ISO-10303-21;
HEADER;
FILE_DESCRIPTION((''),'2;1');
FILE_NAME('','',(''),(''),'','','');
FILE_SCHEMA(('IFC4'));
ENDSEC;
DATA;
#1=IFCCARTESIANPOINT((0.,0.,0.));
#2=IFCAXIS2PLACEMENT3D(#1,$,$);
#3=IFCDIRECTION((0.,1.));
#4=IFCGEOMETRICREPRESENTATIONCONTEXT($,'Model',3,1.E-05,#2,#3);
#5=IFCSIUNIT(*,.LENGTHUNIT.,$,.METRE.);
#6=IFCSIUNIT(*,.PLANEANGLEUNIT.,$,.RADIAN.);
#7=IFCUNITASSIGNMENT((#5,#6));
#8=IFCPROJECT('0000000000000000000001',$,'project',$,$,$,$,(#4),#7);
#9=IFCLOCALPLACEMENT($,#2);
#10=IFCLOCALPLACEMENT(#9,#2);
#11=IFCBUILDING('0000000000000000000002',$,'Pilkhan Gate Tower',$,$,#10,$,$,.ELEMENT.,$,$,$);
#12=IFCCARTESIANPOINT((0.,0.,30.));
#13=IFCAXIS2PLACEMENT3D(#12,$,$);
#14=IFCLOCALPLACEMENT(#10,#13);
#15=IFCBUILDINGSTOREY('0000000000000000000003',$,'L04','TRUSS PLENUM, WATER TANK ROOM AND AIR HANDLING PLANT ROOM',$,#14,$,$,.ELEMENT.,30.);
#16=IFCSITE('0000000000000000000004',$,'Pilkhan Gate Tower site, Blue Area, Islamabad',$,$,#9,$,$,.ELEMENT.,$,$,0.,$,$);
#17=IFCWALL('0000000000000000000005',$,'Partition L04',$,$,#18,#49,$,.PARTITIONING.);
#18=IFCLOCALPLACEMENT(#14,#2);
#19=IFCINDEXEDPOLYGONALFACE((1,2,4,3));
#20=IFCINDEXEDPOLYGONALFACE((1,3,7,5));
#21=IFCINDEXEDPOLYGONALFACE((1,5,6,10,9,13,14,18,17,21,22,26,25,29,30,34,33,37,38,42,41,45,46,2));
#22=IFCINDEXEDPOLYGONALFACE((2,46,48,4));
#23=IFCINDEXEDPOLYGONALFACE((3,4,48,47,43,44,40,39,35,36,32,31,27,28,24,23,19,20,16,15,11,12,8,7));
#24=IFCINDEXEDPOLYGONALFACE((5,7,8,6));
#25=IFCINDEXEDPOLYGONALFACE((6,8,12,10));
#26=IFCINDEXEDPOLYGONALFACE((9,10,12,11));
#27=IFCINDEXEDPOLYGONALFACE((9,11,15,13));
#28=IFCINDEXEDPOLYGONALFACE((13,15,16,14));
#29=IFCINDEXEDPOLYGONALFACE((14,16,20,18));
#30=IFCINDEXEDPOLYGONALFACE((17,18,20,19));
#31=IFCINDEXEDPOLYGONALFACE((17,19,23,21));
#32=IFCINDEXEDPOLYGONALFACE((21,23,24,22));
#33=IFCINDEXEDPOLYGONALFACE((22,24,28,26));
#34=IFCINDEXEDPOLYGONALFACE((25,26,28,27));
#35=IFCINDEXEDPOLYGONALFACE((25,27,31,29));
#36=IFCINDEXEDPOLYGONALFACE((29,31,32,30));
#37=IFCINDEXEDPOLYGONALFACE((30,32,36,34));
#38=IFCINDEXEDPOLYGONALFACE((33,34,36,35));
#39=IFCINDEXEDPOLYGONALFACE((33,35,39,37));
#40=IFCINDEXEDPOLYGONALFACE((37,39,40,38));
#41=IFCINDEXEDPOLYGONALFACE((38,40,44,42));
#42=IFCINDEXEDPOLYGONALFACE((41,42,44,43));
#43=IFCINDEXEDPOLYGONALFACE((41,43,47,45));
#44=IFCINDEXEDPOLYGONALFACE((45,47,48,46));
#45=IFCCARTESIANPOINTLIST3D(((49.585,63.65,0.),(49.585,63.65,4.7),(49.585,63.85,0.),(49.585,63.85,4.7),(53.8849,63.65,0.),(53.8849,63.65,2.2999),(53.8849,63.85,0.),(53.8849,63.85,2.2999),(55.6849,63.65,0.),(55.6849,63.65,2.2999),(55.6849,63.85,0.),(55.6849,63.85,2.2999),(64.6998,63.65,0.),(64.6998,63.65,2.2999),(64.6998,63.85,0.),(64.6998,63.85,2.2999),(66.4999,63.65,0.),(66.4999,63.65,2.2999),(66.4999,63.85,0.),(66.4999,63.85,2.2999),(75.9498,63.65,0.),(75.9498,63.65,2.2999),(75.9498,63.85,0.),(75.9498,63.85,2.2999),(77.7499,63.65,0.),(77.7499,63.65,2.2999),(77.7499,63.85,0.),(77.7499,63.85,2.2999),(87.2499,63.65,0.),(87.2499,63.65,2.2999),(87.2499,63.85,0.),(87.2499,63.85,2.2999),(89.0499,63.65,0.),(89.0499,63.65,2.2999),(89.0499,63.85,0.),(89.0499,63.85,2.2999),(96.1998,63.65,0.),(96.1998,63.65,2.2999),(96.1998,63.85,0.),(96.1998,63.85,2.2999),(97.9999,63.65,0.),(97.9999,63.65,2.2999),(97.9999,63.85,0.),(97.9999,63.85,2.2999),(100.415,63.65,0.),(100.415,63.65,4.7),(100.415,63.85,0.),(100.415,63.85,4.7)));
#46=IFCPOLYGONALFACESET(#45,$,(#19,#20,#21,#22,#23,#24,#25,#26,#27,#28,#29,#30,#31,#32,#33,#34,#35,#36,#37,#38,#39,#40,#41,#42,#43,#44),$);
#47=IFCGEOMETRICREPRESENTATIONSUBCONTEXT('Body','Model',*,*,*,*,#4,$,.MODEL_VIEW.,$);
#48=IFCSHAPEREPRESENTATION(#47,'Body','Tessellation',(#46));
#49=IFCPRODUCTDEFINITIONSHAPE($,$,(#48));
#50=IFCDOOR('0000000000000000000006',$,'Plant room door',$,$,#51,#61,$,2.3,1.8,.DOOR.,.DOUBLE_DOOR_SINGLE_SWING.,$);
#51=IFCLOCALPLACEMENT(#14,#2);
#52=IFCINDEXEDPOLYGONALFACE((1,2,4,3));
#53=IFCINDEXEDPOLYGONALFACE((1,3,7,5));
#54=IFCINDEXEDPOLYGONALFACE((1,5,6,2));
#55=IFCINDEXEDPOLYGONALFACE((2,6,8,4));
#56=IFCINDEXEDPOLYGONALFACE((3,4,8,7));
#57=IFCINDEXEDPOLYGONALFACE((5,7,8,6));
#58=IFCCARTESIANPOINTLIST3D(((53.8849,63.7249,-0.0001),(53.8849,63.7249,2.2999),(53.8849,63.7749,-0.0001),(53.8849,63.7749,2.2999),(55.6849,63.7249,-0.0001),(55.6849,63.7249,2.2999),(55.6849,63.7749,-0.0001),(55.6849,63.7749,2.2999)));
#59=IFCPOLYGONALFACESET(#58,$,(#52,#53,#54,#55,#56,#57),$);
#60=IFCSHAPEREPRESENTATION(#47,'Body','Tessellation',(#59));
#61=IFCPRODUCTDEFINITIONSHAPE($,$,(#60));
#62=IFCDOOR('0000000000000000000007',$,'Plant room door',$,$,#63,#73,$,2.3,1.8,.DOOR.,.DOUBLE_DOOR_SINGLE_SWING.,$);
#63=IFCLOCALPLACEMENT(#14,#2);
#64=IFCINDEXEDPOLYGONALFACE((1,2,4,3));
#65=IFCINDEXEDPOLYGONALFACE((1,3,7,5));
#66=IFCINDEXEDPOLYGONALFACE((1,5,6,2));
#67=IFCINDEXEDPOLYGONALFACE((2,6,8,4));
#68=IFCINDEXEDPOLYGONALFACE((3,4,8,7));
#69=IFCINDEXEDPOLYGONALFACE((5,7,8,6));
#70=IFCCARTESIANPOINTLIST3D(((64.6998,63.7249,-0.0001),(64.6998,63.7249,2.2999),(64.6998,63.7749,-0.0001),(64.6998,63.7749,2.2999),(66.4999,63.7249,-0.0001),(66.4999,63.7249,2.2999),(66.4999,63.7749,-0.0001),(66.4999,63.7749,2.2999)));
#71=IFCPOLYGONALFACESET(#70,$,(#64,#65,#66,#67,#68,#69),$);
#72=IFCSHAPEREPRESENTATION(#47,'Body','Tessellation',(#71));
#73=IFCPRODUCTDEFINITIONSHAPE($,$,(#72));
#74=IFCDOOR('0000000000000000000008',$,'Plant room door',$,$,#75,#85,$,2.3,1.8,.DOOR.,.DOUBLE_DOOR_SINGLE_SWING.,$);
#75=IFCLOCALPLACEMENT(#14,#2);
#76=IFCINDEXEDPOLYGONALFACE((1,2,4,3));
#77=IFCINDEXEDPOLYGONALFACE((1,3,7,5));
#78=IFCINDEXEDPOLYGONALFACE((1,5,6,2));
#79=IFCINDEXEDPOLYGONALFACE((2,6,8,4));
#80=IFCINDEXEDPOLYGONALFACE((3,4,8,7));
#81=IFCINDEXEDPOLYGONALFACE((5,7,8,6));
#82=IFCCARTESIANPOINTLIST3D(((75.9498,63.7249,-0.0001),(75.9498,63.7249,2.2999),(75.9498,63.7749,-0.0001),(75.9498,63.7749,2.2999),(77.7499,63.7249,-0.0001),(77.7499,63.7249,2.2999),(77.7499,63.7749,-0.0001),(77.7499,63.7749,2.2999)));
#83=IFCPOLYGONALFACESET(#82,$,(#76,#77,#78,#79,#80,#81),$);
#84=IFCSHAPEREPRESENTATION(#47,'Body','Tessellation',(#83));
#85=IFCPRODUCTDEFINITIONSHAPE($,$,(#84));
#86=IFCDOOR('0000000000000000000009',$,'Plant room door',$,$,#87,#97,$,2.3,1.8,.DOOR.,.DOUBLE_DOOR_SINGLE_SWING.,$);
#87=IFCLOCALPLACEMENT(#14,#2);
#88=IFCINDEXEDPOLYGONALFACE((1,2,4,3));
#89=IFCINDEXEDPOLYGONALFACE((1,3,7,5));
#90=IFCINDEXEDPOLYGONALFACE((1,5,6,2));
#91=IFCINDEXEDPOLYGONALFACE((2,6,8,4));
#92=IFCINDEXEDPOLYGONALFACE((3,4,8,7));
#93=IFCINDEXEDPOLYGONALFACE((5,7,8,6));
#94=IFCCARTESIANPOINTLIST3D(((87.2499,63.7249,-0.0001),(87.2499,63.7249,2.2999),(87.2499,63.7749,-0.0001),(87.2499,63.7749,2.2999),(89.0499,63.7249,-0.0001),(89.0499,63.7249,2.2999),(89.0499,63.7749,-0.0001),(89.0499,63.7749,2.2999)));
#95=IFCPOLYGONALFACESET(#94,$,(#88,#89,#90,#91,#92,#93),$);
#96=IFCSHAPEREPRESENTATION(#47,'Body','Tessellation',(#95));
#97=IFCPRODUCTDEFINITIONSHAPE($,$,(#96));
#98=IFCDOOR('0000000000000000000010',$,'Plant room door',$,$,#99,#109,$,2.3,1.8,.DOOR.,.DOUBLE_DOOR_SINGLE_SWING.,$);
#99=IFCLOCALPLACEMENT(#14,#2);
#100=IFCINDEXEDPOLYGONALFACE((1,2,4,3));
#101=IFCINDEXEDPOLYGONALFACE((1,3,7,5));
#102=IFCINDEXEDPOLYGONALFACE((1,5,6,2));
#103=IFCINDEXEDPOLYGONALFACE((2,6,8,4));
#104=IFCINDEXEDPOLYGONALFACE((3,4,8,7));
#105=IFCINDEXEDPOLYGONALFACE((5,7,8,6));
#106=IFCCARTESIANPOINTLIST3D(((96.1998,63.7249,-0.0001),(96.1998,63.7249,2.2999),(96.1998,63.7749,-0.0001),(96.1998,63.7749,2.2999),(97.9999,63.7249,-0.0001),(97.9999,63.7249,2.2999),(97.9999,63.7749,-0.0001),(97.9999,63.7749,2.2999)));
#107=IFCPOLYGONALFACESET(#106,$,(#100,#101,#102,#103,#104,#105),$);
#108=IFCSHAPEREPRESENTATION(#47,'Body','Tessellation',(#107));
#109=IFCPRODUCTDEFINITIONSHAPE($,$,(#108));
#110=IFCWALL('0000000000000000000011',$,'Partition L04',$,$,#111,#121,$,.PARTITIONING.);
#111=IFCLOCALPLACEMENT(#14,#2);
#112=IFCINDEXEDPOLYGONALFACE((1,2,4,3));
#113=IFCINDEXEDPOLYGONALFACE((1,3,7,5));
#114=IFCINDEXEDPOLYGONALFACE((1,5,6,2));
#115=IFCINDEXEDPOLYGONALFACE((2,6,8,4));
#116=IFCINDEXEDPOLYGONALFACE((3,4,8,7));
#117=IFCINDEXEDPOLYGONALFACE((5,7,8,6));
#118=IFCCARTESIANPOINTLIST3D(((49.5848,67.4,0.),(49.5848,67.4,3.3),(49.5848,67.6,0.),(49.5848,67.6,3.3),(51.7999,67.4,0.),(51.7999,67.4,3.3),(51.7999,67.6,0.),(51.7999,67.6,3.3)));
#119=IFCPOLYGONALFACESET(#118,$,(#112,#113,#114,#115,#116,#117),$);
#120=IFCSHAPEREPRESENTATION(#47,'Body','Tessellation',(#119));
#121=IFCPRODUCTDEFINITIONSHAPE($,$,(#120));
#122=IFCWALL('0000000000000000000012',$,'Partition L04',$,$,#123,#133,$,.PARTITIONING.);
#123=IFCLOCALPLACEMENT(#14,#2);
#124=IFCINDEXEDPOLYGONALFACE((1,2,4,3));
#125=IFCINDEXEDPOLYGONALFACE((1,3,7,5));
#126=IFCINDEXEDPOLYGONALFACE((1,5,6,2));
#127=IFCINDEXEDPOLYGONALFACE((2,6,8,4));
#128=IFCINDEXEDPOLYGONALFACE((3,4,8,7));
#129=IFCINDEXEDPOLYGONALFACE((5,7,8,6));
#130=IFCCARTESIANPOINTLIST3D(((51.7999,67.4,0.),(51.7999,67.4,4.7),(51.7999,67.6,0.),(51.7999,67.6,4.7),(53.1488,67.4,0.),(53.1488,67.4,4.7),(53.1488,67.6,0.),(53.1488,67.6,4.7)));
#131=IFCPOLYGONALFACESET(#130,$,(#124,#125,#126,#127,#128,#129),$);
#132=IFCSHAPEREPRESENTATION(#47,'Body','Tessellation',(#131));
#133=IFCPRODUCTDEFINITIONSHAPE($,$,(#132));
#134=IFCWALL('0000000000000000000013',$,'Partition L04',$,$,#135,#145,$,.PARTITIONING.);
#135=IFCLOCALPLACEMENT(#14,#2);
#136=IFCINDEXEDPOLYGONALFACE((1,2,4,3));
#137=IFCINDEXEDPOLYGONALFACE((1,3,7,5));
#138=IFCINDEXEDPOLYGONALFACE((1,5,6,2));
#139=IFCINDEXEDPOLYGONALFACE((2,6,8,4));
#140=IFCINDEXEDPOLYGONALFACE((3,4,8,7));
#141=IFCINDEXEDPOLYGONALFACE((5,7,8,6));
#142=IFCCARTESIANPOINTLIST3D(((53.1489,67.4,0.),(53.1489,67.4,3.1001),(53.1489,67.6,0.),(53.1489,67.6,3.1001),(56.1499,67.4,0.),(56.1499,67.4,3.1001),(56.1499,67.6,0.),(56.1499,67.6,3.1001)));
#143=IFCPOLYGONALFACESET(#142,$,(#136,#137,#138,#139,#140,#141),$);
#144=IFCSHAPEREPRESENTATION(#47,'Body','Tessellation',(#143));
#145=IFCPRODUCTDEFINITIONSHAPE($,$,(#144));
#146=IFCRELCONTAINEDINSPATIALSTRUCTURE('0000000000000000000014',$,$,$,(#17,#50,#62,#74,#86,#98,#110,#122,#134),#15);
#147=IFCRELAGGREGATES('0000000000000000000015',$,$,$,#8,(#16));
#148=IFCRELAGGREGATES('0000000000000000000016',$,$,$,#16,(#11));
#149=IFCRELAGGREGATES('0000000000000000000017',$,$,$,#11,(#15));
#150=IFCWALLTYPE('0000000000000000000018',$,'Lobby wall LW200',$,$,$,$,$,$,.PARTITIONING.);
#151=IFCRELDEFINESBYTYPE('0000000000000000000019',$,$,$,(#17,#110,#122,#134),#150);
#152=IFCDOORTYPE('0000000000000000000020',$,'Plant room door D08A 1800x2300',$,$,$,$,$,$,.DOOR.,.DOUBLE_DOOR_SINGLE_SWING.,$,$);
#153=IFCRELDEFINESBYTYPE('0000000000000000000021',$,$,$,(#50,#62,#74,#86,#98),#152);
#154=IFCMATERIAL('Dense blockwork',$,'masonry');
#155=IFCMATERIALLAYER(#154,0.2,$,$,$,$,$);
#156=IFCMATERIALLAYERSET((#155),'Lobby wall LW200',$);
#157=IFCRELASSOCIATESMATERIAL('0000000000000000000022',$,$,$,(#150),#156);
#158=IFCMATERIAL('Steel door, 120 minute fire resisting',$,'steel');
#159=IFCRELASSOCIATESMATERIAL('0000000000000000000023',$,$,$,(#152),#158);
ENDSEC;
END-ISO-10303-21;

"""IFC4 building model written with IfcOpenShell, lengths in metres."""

from ifc_helpers import new_model, si_unit, direction, frame, frame_2d, origin, place, context, subcontext, project, spatial, rectangle, extrude, material, layer, layer_set, type_object, element, fill, save


model = new_model("IFC4")

# Units and contexts
model_context = context("Model", 3, precision=1e-05, world=origin(), true_north=direction((0.0, 1.0)))
body_context = subcontext(model_context, "Body", "Model", "MODEL_VIEW")
ifc_project = project(units=[si_unit("LENGTHUNIT", "METRE"), si_unit("PLANEANGLEUNIT", "RADIAN")], contexts=[model_context])

# Site, building, storey
site_placement = place(None, origin())
site = spatial("IfcSite", under=ifc_project, at=site_placement, Name="Pilkhan Gate Tower site, Blue Area, Islamabad", CompositionType="ELEMENT", RefElevation=0.0)
building_placement = place(site_placement, origin())
building = spatial("IfcBuilding", under=site, at=building_placement, Name="Pilkhan Gate Tower", CompositionType="ELEMENT")
storey_placement = place(building_placement, frame((0.0, 0.0, 30.0)))
storey = spatial("IfcBuildingStorey", under=building, at=storey_placement, Name="L04", Description="TRUSS PLENUM, WATER TANK ROOM AND AIR HANDLING PLANT ROOM", CompositionType="ELEMENT", Elevation=30.0)

# Wall, openings, doors
ifc_material_1 = material(Name="Dense blockwork", Category="masonry")
ifc_layer = layer(ifc_material_1, 0.2)
ifc_layer_set = layer_set([ifc_layer], Name="Lobby wall LW200")
wall_type = type_object("IfcWallType", Name="Lobby wall LW200", PredefinedType="PARTITIONING", material=ifc_layer_set)
wall_1_placement = place(storey_placement, frame((49.585, 63.75, 0.0), z_axis=(0.0, 0.0, 1.0), x_axis=(1.0, 0.0, 0.0)))
wall_1 = element("IfcWall", 1, at=wall_1_placement, inside=storey, type_object=wall_type, Name="Partition L04", PredefinedType="PARTITIONING", context=body_context, shape_type="SweptSolid", body=[
    extrude(rectangle(XDim=50.8301, YDim=0.2, at=frame_2d((25.415, 0.0))), origin(), (0.0, 0.0, 1.0), 4.7),
])
opening_1_placement = place(wall_1_placement, frame((4.3, 0.0, 0.0)))
opening_1 = element("IfcOpeningElement", 2, at=opening_1_placement, cuts=wall_1, PredefinedType="OPENING", context=body_context, shape_type="SweptSolid", body=[
    extrude(rectangle(XDim=1.8, YDim=2.3, at=frame_2d((0.8999, 1.1499))), frame((0.0, 0.1099, 0.0), z_axis=(0.0, -1.0, 0.0), x_axis=(1.0, 0.0, 0.0)), (0.0, 0.0, 1.0), 0.22),
])
opening_2_placement = place(wall_1_placement, frame((15.115, 0.0, 0.0)))
opening_2 = element("IfcOpeningElement", 3, at=opening_2_placement, cuts=wall_1, PredefinedType="OPENING", context=body_context, shape_type="SweptSolid", body=[
    extrude(rectangle(XDim=1.8, YDim=2.3, at=frame_2d((0.8999, 1.1499))), frame((0.0, 0.1099, 0.0), z_axis=(0.0, -1.0, 0.0), x_axis=(1.0, 0.0, 0.0)), (0.0, 0.0, 1.0), 0.22),
])
opening_3_placement = place(wall_1_placement, frame((26.365, 0.0, 0.0)))
opening_3 = element("IfcOpeningElement", 4, at=opening_3_placement, cuts=wall_1, PredefinedType="OPENING", context=body_context, shape_type="SweptSolid", body=[
    extrude(rectangle(XDim=1.8, YDim=2.3, at=frame_2d((0.8999, 1.1499))), frame((0.0, 0.1099, 0.0), z_axis=(0.0, -1.0, 0.0), x_axis=(1.0, 0.0, 0.0)), (0.0, 0.0, 1.0), 0.22),
])
opening_4_placement = place(wall_1_placement, frame((37.665, 0.0, 0.0)))
opening_4 = element("IfcOpeningElement", 5, at=opening_4_placement, cuts=wall_1, PredefinedType="OPENING", context=body_context, shape_type="SweptSolid", body=[
    extrude(rectangle(XDim=1.8, YDim=2.3, at=frame_2d((0.8999, 1.1499))), frame((0.0, 0.1099, 0.0), z_axis=(0.0, -1.0, 0.0), x_axis=(1.0, 0.0, 0.0)), (0.0, 0.0, 1.0), 0.22),
])
opening_5_placement = place(wall_1_placement, frame((46.615, 0.0, 0.0)))
opening_5 = element("IfcOpeningElement", 6, at=opening_5_placement, cuts=wall_1, PredefinedType="OPENING", context=body_context, shape_type="SweptSolid", body=[
    extrude(rectangle(XDim=1.8, YDim=2.3, at=frame_2d((0.8999, 1.1499))), frame((0.0, 0.1099, 0.0), z_axis=(0.0, -1.0, 0.0), x_axis=(1.0, 0.0, 0.0)), (0.0, 0.0, 1.0), 0.22),
])
ifc_material_2 = material(Name="Steel door, 120 minute fire resisting", Category="steel")
door_type = type_object("IfcDoorType", Name="Plant room door D08A 1800x2300", OperationType="DOUBLE_DOOR_SINGLE_SWING", PredefinedType="DOOR", material=ifc_material_2)
door_1_placement = place(opening_1_placement, origin())
door_1 = element("IfcDoor", 7, at=door_1_placement, inside=storey, type_object=door_type, Name="Plant room door", OperationType="DOUBLE_DOOR_SINGLE_SWING", OverallHeight=2.3, OverallWidth=1.8, PredefinedType="DOOR", context=body_context, shape_type="SweptSolid", body=[
    extrude(rectangle(XDim=1.8, YDim=2.3, at=frame_2d((0.8999, 1.1499))), frame((0.0, 0.0249, 0.0), z_axis=(0.0, -1.0, 0.0), x_axis=(1.0, 0.0, 0.0)), (0.0, 0.0, 1.0), 0.05),
])
fill(opening_1, door_1)
door_2_placement = place(opening_2_placement, origin())
door_2 = element("IfcDoor", 8, at=door_2_placement, inside=storey, type_object=door_type, Name="Plant room door", OperationType="DOUBLE_DOOR_SINGLE_SWING", OverallHeight=2.3, OverallWidth=1.8, PredefinedType="DOOR", context=body_context, shape_type="SweptSolid", body=[
    extrude(rectangle(XDim=1.8, YDim=2.3, at=frame_2d((0.8999, 1.1499))), frame((0.0, 0.0249, 0.0), z_axis=(0.0, -1.0, 0.0), x_axis=(1.0, 0.0, 0.0)), (0.0, 0.0, 1.0), 0.05),
])
fill(opening_2, door_2)
door_3_placement = place(opening_3_placement, origin())
door_3 = element("IfcDoor", 9, at=door_3_placement, inside=storey, type_object=door_type, Name="Plant room door", OperationType="DOUBLE_DOOR_SINGLE_SWING", OverallHeight=2.3, OverallWidth=1.8, PredefinedType="DOOR", context=body_context, shape_type="SweptSolid", body=[
    extrude(rectangle(XDim=1.8, YDim=2.3, at=frame_2d((0.8999, 1.1499))), frame((0.0, 0.0249, 0.0), z_axis=(0.0, -1.0, 0.0), x_axis=(1.0, 0.0, 0.0)), (0.0, 0.0, 1.0), 0.05),
])
fill(opening_3, door_3)
door_4_placement = place(opening_4_placement, origin())
door_4 = element("IfcDoor", 10, at=door_4_placement, inside=storey, type_object=door_type, Name="Plant room door", OperationType="DOUBLE_DOOR_SINGLE_SWING", OverallHeight=2.3, OverallWidth=1.8, PredefinedType="DOOR", context=body_context, shape_type="SweptSolid", body=[
    extrude(rectangle(XDim=1.8, YDim=2.3, at=frame_2d((0.8999, 1.1499))), frame((0.0, 0.0249, 0.0), z_axis=(0.0, -1.0, 0.0), x_axis=(1.0, 0.0, 0.0)), (0.0, 0.0, 1.0), 0.05),
])
fill(opening_4, door_4)
door_5_placement = place(opening_5_placement, origin())
door_5 = element("IfcDoor", 11, at=door_5_placement, inside=storey, type_object=door_type, Name="Plant room door", OperationType="DOUBLE_DOOR_SINGLE_SWING", OverallHeight=2.3, OverallWidth=1.8, PredefinedType="DOOR", context=body_context, shape_type="SweptSolid", body=[
    extrude(rectangle(XDim=1.8, YDim=2.3, at=frame_2d((0.8999, 1.1499))), frame((0.0, 0.0249, 0.0), z_axis=(0.0, -1.0, 0.0), x_axis=(1.0, 0.0, 0.0)), (0.0, 0.0, 1.0), 0.05),
])
fill(opening_5, door_5)

# Walls
wall_2_placement = place(storey_placement, frame((49.585, 67.5, 0.0), z_axis=(0.0, 0.0, 1.0), x_axis=(1.0, 0.0, 0.0)))
element("IfcWall", 12, at=wall_2_placement, inside=storey, type_object=wall_type, Name="Partition L04", PredefinedType="PARTITIONING", context=body_context, shape_type="SweptSolid", body=[
    extrude(rectangle(XDim=2.2151, YDim=0.2, at=frame_2d((1.1074, 0.0))), origin(), (0.0, 0.0, 1.0), 3.3),
])
wall_3_placement = place(storey_placement, frame((51.8, 67.5, 0.0), z_axis=(0.0, 0.0, 1.0), x_axis=(1.0, 0.0, 0.0)))
element("IfcWall", 13, at=wall_3_placement, inside=storey, type_object=wall_type, Name="Partition L04", PredefinedType="PARTITIONING", context=body_context, shape_type="SweptSolid", body=[
    extrude(rectangle(XDim=1.3489, YDim=0.2, at=frame_2d((0.6743, 0.0))), origin(), (0.0, 0.0, 1.0), 4.7),
])
wall_4_placement = place(storey_placement, frame((53.1489, 67.5, 0.0), z_axis=(0.0, 0.0, 1.0), x_axis=(1.0, 0.0, 0.0)))
element("IfcWall", 14, at=wall_4_placement, inside=storey, type_object=wall_type, Name="Partition L04", PredefinedType="PARTITIONING", context=body_context, shape_type="SweptSolid", body=[
    extrude(rectangle(XDim=3.001, YDim=0.2, at=frame_2d((1.5005, 0.0))), origin(), (0.0, 0.0, 1.0), 3.1001),
])

save(model, "model.ifc")
